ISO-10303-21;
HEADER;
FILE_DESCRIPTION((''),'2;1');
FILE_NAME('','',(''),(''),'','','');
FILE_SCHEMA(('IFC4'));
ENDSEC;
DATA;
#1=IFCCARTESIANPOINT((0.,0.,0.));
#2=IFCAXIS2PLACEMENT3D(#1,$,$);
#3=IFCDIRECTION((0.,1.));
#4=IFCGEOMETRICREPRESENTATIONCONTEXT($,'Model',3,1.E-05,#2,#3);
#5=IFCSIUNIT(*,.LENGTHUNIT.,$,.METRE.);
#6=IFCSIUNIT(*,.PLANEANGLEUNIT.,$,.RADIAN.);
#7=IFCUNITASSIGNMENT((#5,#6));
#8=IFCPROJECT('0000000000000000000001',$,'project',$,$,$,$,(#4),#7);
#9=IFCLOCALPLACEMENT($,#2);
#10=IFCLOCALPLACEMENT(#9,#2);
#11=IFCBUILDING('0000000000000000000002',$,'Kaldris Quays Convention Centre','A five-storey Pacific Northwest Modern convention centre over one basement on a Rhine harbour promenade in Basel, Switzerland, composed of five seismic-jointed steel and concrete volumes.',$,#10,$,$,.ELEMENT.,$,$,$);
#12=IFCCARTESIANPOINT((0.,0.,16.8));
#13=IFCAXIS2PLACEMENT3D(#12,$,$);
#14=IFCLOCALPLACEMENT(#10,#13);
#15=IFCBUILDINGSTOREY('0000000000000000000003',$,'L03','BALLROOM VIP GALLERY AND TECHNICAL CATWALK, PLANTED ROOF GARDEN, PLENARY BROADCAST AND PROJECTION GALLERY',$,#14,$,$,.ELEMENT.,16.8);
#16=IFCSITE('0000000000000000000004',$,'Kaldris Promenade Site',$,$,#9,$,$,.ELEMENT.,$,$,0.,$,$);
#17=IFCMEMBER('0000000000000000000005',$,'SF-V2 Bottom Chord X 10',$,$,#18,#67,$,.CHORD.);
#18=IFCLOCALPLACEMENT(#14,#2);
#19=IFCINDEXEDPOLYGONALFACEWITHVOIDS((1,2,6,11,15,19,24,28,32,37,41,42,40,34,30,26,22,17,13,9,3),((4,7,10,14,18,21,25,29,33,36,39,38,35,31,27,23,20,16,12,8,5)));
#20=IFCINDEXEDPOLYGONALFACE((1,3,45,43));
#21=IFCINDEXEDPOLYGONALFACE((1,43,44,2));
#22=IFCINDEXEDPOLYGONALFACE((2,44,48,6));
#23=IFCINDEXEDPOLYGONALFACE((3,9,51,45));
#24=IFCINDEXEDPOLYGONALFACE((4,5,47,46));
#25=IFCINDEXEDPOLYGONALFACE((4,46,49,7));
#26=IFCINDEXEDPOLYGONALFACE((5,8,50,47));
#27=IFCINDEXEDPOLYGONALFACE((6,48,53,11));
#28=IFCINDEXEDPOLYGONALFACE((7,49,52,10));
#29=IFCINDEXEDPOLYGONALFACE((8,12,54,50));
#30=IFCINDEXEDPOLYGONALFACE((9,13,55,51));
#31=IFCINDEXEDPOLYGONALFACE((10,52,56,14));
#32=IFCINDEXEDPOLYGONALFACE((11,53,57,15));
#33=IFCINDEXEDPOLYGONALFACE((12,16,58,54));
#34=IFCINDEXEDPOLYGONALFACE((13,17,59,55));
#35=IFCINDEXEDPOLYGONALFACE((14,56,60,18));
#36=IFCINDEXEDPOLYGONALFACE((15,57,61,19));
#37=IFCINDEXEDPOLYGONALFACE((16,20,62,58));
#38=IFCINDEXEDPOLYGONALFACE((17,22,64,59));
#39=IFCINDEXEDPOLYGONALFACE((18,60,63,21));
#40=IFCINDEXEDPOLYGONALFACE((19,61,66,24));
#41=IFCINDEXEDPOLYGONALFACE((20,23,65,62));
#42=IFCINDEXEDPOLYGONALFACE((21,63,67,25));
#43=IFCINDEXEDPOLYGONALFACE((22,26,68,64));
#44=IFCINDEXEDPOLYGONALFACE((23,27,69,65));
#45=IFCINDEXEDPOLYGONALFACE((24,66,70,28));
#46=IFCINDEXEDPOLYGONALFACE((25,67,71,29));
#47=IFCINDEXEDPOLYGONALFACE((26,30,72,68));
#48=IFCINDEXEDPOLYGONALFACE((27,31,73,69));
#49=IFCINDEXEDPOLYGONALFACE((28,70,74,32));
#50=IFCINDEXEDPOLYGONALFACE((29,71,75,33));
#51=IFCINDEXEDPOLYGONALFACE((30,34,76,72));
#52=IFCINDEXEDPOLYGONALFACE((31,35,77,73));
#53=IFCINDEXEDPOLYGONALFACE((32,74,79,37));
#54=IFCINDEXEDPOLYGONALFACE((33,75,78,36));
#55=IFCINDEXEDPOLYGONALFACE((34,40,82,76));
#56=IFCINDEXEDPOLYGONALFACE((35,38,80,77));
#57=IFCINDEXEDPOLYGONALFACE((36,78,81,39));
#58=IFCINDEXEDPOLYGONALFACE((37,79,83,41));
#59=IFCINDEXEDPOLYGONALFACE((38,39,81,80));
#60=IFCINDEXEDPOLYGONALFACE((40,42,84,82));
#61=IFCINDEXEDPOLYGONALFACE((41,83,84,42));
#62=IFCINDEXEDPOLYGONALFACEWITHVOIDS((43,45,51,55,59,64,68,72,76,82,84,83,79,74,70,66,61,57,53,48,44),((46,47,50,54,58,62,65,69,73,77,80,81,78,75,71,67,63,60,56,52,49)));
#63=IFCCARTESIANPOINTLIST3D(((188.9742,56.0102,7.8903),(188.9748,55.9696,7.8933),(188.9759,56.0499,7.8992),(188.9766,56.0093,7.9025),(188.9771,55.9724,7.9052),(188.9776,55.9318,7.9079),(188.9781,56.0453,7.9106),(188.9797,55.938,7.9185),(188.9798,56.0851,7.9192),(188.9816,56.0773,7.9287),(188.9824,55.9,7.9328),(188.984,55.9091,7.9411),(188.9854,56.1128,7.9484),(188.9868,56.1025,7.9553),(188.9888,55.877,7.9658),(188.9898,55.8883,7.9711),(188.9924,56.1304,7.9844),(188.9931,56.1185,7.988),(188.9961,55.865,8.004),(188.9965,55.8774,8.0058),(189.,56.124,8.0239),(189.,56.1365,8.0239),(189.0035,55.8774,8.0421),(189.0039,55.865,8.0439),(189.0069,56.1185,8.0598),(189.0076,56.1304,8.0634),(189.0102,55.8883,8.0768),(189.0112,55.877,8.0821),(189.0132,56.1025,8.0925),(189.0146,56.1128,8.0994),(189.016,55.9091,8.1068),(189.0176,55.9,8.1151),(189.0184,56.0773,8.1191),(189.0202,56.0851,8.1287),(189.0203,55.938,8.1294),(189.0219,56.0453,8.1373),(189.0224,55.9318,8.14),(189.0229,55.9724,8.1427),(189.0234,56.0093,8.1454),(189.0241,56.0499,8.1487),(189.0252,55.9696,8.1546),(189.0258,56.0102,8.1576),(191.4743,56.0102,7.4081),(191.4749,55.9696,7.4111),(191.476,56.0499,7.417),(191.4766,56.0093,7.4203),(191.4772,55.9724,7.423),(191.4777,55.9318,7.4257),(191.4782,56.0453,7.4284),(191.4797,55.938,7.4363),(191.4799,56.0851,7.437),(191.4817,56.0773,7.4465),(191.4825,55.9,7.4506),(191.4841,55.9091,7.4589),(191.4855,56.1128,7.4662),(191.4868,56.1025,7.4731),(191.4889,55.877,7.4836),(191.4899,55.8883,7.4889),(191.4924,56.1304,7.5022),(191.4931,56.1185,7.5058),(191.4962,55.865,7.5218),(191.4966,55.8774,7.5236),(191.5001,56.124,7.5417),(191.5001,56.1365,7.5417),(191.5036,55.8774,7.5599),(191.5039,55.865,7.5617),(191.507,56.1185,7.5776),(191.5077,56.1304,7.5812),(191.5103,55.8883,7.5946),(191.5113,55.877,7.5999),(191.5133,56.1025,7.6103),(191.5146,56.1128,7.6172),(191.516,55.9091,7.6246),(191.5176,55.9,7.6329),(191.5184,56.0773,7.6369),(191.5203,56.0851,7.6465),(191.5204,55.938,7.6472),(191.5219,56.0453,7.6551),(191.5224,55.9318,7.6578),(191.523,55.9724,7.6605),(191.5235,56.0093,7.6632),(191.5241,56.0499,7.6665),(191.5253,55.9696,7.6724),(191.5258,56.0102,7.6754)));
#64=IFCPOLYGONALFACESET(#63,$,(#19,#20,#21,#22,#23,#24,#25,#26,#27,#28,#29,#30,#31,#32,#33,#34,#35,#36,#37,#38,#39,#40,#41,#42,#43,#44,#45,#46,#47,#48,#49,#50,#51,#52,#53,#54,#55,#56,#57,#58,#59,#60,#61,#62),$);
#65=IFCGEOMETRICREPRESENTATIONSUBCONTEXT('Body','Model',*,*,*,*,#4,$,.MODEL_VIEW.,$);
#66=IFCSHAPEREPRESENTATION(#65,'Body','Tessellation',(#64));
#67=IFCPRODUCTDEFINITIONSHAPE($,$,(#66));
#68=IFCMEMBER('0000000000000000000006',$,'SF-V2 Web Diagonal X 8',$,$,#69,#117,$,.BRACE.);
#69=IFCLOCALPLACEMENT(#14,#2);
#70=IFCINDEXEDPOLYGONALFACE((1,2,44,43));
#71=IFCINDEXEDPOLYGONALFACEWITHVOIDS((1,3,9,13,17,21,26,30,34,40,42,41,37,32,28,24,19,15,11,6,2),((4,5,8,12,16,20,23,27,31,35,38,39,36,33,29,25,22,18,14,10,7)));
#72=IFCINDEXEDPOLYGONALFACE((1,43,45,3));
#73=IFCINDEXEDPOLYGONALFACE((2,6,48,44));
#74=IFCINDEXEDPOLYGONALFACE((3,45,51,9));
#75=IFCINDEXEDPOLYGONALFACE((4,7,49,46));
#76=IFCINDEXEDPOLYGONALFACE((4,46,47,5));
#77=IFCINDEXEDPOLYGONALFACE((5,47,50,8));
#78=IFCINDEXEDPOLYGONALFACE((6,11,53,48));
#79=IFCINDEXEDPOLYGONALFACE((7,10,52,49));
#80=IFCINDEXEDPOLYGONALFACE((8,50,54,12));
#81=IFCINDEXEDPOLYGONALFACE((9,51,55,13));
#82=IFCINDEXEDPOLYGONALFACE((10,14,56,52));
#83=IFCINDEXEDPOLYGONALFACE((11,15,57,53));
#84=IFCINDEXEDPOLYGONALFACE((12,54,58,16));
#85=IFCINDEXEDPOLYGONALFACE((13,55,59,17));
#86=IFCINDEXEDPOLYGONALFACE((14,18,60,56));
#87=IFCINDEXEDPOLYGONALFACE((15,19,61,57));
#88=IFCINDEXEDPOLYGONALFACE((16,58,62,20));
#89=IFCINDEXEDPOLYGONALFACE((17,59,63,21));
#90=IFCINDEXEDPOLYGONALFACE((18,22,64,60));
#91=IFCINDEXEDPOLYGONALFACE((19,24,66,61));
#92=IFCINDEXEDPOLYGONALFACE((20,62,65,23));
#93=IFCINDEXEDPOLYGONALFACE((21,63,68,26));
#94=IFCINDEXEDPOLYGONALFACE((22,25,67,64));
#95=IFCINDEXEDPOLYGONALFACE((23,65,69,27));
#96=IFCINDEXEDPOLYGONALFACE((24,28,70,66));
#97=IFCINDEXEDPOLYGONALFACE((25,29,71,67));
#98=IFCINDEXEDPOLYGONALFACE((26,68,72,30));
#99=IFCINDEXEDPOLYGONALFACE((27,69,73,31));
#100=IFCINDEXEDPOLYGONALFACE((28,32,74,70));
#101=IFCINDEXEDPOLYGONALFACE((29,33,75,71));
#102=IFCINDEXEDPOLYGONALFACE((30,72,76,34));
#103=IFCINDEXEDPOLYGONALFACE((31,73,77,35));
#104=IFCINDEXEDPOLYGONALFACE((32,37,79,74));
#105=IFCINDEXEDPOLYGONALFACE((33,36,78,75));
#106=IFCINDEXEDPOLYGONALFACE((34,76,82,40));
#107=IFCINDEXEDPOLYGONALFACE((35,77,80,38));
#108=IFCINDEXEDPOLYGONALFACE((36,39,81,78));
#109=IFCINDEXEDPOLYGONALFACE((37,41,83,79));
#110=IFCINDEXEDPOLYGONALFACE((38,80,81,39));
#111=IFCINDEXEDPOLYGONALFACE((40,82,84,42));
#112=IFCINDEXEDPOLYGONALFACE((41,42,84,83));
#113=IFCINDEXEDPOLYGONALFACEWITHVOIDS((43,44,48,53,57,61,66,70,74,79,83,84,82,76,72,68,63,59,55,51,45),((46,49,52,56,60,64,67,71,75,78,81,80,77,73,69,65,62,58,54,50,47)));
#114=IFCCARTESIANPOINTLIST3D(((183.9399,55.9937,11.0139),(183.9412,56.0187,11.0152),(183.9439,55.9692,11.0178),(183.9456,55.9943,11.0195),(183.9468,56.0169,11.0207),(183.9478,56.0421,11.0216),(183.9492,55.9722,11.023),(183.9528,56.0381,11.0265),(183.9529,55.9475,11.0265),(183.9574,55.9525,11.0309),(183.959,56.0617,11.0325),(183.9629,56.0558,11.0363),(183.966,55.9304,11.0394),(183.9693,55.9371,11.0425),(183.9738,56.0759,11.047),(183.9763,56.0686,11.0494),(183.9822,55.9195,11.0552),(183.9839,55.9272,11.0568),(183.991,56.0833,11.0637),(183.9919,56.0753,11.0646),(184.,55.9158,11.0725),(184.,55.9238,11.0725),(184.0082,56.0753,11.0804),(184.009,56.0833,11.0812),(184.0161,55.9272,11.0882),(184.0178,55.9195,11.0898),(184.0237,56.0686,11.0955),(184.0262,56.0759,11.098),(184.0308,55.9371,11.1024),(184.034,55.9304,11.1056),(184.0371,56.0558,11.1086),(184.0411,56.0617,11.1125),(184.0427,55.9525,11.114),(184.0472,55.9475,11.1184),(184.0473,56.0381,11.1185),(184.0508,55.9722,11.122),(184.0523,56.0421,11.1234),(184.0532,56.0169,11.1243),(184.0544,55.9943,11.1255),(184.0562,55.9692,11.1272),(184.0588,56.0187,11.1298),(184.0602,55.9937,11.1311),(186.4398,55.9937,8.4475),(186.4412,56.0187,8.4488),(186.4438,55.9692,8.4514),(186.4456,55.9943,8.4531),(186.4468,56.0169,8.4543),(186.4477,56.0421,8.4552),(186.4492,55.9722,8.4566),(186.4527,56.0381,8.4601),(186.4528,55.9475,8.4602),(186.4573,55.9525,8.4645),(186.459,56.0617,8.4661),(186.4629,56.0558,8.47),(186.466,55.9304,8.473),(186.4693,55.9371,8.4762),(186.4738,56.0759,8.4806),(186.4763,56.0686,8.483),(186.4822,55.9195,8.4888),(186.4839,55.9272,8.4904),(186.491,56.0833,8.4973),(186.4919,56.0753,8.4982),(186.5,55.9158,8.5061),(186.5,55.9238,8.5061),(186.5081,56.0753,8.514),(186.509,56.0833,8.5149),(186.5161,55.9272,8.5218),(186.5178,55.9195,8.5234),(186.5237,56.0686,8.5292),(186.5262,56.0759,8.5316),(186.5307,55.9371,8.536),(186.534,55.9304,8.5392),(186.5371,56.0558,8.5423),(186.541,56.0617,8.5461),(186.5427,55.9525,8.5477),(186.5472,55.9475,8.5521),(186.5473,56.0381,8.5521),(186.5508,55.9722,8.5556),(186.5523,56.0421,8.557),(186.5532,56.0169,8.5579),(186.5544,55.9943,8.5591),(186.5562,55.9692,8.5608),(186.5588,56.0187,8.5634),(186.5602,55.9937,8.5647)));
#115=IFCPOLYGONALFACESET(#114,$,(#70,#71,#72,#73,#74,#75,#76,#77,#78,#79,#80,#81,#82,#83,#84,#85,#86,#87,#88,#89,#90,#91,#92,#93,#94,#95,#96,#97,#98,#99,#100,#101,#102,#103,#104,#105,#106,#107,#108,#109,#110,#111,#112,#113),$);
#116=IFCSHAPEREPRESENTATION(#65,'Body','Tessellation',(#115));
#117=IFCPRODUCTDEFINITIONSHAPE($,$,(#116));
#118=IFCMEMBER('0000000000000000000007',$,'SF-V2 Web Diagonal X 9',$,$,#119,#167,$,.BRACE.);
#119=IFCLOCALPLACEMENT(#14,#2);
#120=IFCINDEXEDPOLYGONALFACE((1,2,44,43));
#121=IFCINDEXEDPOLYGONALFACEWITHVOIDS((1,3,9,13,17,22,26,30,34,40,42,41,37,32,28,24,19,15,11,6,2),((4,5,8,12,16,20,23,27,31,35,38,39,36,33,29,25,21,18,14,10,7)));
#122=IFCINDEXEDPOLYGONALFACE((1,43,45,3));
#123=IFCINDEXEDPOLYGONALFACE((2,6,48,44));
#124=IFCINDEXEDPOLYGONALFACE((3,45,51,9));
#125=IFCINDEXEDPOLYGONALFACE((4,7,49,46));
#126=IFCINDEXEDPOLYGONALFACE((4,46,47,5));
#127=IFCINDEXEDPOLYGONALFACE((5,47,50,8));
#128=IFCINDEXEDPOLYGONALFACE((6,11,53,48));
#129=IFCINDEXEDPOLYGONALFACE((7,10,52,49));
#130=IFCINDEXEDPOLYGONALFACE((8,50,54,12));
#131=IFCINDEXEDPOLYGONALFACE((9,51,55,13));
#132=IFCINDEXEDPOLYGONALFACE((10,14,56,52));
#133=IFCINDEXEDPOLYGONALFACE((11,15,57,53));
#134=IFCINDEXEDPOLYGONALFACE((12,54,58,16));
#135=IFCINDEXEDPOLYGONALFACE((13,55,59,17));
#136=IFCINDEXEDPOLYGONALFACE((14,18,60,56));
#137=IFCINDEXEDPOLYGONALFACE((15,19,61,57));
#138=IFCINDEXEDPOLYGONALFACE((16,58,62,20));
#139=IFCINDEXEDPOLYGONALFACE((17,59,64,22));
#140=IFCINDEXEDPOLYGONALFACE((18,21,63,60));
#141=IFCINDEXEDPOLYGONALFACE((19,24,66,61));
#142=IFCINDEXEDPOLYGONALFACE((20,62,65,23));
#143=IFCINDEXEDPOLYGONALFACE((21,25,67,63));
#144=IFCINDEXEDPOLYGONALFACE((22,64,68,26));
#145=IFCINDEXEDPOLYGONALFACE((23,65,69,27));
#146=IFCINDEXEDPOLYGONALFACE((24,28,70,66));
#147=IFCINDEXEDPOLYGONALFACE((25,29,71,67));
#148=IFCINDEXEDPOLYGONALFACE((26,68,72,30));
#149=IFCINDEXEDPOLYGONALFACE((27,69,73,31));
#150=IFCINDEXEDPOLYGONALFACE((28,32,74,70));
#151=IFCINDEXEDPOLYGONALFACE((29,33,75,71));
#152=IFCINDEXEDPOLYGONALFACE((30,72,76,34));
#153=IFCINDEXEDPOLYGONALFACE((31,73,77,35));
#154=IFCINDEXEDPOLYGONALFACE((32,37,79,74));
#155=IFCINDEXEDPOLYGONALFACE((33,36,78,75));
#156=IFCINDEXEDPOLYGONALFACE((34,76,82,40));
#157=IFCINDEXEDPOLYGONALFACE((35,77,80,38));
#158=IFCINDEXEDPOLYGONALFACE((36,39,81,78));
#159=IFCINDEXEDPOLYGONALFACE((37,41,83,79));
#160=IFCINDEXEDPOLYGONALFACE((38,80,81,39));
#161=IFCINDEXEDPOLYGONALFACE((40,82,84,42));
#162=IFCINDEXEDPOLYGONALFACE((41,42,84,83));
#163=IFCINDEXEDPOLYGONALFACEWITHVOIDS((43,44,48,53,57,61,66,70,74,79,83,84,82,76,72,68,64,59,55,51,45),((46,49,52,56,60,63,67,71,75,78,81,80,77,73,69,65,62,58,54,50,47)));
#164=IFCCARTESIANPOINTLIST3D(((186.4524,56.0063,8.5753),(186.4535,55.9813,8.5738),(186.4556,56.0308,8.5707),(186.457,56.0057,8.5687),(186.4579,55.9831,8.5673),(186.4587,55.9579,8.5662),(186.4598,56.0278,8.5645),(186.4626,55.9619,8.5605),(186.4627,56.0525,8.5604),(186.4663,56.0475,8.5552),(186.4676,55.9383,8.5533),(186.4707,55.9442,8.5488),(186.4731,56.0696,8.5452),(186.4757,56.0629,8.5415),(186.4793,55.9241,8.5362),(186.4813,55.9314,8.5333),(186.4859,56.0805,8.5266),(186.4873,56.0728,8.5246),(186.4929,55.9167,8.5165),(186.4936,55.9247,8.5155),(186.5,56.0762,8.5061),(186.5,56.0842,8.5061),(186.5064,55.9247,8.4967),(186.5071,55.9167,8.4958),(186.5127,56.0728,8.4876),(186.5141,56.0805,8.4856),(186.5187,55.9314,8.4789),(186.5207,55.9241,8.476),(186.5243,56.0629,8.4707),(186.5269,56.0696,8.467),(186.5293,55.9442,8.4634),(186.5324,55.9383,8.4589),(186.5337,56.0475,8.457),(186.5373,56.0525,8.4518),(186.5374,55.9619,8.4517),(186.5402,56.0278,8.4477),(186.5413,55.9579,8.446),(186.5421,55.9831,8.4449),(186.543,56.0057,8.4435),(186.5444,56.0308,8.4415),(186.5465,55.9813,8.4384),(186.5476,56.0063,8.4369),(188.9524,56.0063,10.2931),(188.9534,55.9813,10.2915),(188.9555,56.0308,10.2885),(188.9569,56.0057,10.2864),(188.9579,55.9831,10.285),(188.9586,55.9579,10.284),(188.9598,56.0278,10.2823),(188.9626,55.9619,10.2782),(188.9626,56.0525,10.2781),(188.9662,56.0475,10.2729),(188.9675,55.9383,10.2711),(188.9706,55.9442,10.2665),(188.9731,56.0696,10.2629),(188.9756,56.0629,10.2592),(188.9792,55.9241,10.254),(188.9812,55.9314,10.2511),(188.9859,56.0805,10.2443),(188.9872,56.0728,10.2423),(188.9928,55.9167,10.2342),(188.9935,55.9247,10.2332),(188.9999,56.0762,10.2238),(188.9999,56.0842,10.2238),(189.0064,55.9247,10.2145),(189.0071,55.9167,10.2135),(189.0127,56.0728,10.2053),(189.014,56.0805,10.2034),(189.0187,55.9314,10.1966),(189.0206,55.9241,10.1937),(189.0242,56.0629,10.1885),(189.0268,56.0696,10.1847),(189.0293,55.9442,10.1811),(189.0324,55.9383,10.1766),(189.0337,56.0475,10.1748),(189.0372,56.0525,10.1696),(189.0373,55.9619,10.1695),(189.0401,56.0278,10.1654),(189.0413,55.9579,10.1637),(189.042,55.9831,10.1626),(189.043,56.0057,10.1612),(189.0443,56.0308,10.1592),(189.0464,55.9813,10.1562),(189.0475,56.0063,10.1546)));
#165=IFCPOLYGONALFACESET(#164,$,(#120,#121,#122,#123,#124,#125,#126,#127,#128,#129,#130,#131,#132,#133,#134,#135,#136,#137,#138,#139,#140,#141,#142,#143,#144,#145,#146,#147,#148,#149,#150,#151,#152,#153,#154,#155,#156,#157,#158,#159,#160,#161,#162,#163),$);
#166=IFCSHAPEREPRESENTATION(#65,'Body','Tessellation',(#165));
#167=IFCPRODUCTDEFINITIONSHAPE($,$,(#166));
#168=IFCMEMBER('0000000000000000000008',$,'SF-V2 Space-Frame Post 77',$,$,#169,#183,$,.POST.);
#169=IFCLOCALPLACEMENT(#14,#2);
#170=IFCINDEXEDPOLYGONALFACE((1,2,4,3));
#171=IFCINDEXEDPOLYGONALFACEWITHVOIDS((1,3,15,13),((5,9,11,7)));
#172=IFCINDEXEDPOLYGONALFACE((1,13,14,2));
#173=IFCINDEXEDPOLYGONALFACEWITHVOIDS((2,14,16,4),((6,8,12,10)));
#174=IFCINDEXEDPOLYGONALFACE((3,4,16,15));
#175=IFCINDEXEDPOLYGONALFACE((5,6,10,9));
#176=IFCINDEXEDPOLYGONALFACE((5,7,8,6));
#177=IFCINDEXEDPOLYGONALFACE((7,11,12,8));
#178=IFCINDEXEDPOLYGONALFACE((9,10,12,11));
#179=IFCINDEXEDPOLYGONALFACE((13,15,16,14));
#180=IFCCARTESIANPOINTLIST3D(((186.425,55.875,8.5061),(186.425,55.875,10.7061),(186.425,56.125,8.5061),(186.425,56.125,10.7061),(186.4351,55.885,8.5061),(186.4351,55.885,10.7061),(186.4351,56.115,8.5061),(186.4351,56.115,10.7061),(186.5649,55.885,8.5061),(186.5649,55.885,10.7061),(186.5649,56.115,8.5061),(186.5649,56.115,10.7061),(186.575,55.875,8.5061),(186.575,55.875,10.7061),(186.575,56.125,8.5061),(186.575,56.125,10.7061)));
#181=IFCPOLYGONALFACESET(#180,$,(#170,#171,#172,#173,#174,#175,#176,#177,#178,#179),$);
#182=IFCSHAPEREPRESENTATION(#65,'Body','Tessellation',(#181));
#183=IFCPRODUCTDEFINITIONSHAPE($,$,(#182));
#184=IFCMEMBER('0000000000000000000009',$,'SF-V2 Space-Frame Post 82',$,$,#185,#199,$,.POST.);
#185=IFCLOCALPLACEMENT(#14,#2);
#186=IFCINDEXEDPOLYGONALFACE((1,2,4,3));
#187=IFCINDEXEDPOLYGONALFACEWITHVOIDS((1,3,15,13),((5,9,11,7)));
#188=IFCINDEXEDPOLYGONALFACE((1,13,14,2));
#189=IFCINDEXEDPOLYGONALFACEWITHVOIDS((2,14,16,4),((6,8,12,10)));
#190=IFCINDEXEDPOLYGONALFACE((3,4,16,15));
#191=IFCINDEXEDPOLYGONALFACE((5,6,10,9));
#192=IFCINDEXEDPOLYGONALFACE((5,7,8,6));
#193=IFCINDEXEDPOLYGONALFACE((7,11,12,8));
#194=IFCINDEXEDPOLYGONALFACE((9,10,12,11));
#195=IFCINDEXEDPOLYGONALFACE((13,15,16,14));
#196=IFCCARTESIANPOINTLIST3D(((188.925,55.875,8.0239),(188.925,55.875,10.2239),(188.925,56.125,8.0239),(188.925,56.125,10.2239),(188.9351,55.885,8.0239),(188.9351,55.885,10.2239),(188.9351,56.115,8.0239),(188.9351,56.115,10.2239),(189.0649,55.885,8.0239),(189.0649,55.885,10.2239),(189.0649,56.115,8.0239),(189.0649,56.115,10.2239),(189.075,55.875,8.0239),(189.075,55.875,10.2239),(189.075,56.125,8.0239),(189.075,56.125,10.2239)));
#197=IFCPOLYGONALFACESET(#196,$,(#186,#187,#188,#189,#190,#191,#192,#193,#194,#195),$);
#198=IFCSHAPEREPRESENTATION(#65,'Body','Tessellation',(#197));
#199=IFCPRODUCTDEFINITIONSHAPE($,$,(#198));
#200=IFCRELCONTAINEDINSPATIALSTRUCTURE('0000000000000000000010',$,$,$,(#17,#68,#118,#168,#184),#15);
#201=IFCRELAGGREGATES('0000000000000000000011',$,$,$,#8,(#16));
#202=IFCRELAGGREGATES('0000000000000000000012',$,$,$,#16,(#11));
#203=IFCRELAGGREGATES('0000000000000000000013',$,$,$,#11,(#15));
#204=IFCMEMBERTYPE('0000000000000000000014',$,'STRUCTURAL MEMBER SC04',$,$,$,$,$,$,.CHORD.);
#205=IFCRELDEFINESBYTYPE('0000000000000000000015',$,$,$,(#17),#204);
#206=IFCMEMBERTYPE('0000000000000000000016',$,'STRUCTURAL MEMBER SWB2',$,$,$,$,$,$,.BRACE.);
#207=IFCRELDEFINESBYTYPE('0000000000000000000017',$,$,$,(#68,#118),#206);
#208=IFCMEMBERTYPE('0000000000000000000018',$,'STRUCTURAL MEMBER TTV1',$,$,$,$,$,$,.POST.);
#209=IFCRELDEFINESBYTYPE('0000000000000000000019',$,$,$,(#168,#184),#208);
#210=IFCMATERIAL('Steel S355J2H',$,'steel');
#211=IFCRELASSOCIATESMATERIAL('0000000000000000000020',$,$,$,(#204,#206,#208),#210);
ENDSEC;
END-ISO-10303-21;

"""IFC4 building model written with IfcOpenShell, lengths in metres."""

from ifc_helpers import new_model, si_unit, direction, frame, origin, origin_2d, place, context, subcontext, project, spatial, hollow_rectangle, hollow_circle, extrude, material, material_profile, profile_set, type_object, element, save


model = new_model("IFC4")

# Units and contexts
model_context = context("Model", 3, precision=1e-05, world=origin(), true_north=direction((0.0, 1.0)))
body_context = subcontext(model_context, "Body", "Model", "MODEL_VIEW")
ifc_project = project(units=[si_unit("LENGTHUNIT", "METRE"), si_unit("PLANEANGLEUNIT", "RADIAN")], contexts=[model_context])

# Site, building, storey
site_placement = place(None, origin())
site = spatial("IfcSite", under=ifc_project, at=site_placement, Name="Kaldris Promenade Site", CompositionType="ELEMENT", RefElevation=0.0)
building_placement = place(site_placement, origin())
building = spatial("IfcBuilding", under=site, at=building_placement, Name="Kaldris Quays Convention Centre", Description="A five-storey Pacific Northwest Modern convention centre over one basement on a Rhine harbour promenade in Basel, Switzerland, composed of five seismic-jointed steel and concrete volumes.", CompositionType="ELEMENT")
storey_placement = place(building_placement, frame((0.0, 0.0, 16.8)))
storey = spatial("IfcBuildingStorey", under=building, at=storey_placement, Name="L03", Description="BALLROOM VIP GALLERY AND TECHNICAL CATWALK, PLANTED ROOF GARDEN, PLENARY BROADCAST AND PROJECTION GALLERY", CompositionType="ELEMENT", Elevation=16.8)

# Members
ifc_material_1 = material(Name="Steel S355J2H", Category="steel")
ifc_material_profile_1 = material_profile(ifc_material_1, hollow_circle(Radius=0.1365, WallThickness=0.0125, at=origin_2d()), Name="CHS 273x12.5")
ifc_profile_set_1 = profile_set([ifc_material_profile_1], Name="Steel S355J2H")
member_type_1 = type_object("IfcMemberType", Name="STRUCTURAL MEMBER SC04", PredefinedType="CHORD", material=ifc_profile_set_1)
for number, where, z_axis, x_axis, name in (
    (1, (189.0, 56.0, 8.0239), (0.981904, 0.0, -0.189381), (0.0, 1.0, 0.0), "SF-V2 Bottom Chord X 10"),
):
    element("IfcMember", number, at=place(storey_placement, frame(where, z_axis=z_axis, x_axis=x_axis)), inside=storey, type_object=member_type_1, Name=name, PredefinedType="CHORD", context=body_context, shape_type="SweptSolid", body=[
        extrude(hollow_circle(Radius=0.1365, WallThickness=0.0125, at=origin_2d()), origin(), (0.0, 0.0, 1.0), 2.5461),
    ])
ifc_material_profile_2 = material_profile(ifc_material_1, hollow_circle(Radius=0.0842, WallThickness=0.0081, at=origin_2d()), Name="CHS 168.3x8")
ifc_profile_set_2 = profile_set([ifc_material_profile_2], Name="Steel S355J2H")
member_type_2 = type_object("IfcMemberType", Name="STRUCTURAL MEMBER SWB2", PredefinedType="BRACE", material=ifc_profile_set_2)
member_1_placement = place(storey_placement, frame((186.5, 56.0, 8.5061), z_axis=(-0.697779, 0.0, 0.716313), x_axis=(0.0, -1.0, 0.0)))
element("IfcMember", 2, at=member_1_placement, inside=storey, type_object=member_type_2, Name="SF-V2 Web Diagonal X 8", PredefinedType="BRACE", context=body_context, shape_type="SweptSolid", body=[
    extrude(hollow_circle(Radius=0.0842, WallThickness=0.0081, at=origin_2d()), origin(), (0.0, 0.0, 1.0), 3.5828),
])
member_2_placement = place(storey_placement, frame((186.5, 56.0, 8.5061), z_axis=(0.824192, 0.0, 0.56631), x_axis=(0.0, 1.0, 0.0)))
element("IfcMember", 3, at=member_2_placement, inside=storey, type_object=member_type_2, Name="SF-V2 Web Diagonal X 9", PredefinedType="BRACE", context=body_context, shape_type="SweptSolid", body=[
    extrude(hollow_circle(Radius=0.0842, WallThickness=0.0081, at=origin_2d()), origin(), (0.0, 0.0, 1.0), 3.0332),
])
ifc_material_profile_3 = material_profile(ifc_material_1, hollow_rectangle(XDim=0.1499, YDim=0.25, WallThickness=0.01, at=origin_2d()), Name="RHS 250x150x10")
ifc_profile_set_3 = profile_set([ifc_material_profile_3], Name="Steel S355J2H")
member_type_3 = type_object("IfcMemberType", Name="STRUCTURAL MEMBER TTV1", PredefinedType="POST", material=ifc_profile_set_3)
for number, where, z_axis, x_axis, name in (
    (4, (186.5, 56.0, 8.5061), (0.0, 0.0, 1.0), (1.0, 0.0, 0.0), "SF-V2 Space-Frame Post 77"),
    (5, (189.0, 56.0, 8.0239), (0.0, 0.0, 1.0), (1.0, 0.0, 0.0), "SF-V2 Space-Frame Post 82"),
):
    element("IfcMember", number, at=place(storey_placement, frame(where, z_axis=z_axis, x_axis=x_axis)), inside=storey, type_object=member_type_3, Name=name, PredefinedType="POST", context=body_context, shape_type="SweptSolid", body=[
        extrude(hollow_rectangle(XDim=0.1499, YDim=0.25, WallThickness=0.01, at=origin_2d()), origin(), (0.0, 0.0, 1.0), 2.2),
    ])

save(model, "model.ifc")
